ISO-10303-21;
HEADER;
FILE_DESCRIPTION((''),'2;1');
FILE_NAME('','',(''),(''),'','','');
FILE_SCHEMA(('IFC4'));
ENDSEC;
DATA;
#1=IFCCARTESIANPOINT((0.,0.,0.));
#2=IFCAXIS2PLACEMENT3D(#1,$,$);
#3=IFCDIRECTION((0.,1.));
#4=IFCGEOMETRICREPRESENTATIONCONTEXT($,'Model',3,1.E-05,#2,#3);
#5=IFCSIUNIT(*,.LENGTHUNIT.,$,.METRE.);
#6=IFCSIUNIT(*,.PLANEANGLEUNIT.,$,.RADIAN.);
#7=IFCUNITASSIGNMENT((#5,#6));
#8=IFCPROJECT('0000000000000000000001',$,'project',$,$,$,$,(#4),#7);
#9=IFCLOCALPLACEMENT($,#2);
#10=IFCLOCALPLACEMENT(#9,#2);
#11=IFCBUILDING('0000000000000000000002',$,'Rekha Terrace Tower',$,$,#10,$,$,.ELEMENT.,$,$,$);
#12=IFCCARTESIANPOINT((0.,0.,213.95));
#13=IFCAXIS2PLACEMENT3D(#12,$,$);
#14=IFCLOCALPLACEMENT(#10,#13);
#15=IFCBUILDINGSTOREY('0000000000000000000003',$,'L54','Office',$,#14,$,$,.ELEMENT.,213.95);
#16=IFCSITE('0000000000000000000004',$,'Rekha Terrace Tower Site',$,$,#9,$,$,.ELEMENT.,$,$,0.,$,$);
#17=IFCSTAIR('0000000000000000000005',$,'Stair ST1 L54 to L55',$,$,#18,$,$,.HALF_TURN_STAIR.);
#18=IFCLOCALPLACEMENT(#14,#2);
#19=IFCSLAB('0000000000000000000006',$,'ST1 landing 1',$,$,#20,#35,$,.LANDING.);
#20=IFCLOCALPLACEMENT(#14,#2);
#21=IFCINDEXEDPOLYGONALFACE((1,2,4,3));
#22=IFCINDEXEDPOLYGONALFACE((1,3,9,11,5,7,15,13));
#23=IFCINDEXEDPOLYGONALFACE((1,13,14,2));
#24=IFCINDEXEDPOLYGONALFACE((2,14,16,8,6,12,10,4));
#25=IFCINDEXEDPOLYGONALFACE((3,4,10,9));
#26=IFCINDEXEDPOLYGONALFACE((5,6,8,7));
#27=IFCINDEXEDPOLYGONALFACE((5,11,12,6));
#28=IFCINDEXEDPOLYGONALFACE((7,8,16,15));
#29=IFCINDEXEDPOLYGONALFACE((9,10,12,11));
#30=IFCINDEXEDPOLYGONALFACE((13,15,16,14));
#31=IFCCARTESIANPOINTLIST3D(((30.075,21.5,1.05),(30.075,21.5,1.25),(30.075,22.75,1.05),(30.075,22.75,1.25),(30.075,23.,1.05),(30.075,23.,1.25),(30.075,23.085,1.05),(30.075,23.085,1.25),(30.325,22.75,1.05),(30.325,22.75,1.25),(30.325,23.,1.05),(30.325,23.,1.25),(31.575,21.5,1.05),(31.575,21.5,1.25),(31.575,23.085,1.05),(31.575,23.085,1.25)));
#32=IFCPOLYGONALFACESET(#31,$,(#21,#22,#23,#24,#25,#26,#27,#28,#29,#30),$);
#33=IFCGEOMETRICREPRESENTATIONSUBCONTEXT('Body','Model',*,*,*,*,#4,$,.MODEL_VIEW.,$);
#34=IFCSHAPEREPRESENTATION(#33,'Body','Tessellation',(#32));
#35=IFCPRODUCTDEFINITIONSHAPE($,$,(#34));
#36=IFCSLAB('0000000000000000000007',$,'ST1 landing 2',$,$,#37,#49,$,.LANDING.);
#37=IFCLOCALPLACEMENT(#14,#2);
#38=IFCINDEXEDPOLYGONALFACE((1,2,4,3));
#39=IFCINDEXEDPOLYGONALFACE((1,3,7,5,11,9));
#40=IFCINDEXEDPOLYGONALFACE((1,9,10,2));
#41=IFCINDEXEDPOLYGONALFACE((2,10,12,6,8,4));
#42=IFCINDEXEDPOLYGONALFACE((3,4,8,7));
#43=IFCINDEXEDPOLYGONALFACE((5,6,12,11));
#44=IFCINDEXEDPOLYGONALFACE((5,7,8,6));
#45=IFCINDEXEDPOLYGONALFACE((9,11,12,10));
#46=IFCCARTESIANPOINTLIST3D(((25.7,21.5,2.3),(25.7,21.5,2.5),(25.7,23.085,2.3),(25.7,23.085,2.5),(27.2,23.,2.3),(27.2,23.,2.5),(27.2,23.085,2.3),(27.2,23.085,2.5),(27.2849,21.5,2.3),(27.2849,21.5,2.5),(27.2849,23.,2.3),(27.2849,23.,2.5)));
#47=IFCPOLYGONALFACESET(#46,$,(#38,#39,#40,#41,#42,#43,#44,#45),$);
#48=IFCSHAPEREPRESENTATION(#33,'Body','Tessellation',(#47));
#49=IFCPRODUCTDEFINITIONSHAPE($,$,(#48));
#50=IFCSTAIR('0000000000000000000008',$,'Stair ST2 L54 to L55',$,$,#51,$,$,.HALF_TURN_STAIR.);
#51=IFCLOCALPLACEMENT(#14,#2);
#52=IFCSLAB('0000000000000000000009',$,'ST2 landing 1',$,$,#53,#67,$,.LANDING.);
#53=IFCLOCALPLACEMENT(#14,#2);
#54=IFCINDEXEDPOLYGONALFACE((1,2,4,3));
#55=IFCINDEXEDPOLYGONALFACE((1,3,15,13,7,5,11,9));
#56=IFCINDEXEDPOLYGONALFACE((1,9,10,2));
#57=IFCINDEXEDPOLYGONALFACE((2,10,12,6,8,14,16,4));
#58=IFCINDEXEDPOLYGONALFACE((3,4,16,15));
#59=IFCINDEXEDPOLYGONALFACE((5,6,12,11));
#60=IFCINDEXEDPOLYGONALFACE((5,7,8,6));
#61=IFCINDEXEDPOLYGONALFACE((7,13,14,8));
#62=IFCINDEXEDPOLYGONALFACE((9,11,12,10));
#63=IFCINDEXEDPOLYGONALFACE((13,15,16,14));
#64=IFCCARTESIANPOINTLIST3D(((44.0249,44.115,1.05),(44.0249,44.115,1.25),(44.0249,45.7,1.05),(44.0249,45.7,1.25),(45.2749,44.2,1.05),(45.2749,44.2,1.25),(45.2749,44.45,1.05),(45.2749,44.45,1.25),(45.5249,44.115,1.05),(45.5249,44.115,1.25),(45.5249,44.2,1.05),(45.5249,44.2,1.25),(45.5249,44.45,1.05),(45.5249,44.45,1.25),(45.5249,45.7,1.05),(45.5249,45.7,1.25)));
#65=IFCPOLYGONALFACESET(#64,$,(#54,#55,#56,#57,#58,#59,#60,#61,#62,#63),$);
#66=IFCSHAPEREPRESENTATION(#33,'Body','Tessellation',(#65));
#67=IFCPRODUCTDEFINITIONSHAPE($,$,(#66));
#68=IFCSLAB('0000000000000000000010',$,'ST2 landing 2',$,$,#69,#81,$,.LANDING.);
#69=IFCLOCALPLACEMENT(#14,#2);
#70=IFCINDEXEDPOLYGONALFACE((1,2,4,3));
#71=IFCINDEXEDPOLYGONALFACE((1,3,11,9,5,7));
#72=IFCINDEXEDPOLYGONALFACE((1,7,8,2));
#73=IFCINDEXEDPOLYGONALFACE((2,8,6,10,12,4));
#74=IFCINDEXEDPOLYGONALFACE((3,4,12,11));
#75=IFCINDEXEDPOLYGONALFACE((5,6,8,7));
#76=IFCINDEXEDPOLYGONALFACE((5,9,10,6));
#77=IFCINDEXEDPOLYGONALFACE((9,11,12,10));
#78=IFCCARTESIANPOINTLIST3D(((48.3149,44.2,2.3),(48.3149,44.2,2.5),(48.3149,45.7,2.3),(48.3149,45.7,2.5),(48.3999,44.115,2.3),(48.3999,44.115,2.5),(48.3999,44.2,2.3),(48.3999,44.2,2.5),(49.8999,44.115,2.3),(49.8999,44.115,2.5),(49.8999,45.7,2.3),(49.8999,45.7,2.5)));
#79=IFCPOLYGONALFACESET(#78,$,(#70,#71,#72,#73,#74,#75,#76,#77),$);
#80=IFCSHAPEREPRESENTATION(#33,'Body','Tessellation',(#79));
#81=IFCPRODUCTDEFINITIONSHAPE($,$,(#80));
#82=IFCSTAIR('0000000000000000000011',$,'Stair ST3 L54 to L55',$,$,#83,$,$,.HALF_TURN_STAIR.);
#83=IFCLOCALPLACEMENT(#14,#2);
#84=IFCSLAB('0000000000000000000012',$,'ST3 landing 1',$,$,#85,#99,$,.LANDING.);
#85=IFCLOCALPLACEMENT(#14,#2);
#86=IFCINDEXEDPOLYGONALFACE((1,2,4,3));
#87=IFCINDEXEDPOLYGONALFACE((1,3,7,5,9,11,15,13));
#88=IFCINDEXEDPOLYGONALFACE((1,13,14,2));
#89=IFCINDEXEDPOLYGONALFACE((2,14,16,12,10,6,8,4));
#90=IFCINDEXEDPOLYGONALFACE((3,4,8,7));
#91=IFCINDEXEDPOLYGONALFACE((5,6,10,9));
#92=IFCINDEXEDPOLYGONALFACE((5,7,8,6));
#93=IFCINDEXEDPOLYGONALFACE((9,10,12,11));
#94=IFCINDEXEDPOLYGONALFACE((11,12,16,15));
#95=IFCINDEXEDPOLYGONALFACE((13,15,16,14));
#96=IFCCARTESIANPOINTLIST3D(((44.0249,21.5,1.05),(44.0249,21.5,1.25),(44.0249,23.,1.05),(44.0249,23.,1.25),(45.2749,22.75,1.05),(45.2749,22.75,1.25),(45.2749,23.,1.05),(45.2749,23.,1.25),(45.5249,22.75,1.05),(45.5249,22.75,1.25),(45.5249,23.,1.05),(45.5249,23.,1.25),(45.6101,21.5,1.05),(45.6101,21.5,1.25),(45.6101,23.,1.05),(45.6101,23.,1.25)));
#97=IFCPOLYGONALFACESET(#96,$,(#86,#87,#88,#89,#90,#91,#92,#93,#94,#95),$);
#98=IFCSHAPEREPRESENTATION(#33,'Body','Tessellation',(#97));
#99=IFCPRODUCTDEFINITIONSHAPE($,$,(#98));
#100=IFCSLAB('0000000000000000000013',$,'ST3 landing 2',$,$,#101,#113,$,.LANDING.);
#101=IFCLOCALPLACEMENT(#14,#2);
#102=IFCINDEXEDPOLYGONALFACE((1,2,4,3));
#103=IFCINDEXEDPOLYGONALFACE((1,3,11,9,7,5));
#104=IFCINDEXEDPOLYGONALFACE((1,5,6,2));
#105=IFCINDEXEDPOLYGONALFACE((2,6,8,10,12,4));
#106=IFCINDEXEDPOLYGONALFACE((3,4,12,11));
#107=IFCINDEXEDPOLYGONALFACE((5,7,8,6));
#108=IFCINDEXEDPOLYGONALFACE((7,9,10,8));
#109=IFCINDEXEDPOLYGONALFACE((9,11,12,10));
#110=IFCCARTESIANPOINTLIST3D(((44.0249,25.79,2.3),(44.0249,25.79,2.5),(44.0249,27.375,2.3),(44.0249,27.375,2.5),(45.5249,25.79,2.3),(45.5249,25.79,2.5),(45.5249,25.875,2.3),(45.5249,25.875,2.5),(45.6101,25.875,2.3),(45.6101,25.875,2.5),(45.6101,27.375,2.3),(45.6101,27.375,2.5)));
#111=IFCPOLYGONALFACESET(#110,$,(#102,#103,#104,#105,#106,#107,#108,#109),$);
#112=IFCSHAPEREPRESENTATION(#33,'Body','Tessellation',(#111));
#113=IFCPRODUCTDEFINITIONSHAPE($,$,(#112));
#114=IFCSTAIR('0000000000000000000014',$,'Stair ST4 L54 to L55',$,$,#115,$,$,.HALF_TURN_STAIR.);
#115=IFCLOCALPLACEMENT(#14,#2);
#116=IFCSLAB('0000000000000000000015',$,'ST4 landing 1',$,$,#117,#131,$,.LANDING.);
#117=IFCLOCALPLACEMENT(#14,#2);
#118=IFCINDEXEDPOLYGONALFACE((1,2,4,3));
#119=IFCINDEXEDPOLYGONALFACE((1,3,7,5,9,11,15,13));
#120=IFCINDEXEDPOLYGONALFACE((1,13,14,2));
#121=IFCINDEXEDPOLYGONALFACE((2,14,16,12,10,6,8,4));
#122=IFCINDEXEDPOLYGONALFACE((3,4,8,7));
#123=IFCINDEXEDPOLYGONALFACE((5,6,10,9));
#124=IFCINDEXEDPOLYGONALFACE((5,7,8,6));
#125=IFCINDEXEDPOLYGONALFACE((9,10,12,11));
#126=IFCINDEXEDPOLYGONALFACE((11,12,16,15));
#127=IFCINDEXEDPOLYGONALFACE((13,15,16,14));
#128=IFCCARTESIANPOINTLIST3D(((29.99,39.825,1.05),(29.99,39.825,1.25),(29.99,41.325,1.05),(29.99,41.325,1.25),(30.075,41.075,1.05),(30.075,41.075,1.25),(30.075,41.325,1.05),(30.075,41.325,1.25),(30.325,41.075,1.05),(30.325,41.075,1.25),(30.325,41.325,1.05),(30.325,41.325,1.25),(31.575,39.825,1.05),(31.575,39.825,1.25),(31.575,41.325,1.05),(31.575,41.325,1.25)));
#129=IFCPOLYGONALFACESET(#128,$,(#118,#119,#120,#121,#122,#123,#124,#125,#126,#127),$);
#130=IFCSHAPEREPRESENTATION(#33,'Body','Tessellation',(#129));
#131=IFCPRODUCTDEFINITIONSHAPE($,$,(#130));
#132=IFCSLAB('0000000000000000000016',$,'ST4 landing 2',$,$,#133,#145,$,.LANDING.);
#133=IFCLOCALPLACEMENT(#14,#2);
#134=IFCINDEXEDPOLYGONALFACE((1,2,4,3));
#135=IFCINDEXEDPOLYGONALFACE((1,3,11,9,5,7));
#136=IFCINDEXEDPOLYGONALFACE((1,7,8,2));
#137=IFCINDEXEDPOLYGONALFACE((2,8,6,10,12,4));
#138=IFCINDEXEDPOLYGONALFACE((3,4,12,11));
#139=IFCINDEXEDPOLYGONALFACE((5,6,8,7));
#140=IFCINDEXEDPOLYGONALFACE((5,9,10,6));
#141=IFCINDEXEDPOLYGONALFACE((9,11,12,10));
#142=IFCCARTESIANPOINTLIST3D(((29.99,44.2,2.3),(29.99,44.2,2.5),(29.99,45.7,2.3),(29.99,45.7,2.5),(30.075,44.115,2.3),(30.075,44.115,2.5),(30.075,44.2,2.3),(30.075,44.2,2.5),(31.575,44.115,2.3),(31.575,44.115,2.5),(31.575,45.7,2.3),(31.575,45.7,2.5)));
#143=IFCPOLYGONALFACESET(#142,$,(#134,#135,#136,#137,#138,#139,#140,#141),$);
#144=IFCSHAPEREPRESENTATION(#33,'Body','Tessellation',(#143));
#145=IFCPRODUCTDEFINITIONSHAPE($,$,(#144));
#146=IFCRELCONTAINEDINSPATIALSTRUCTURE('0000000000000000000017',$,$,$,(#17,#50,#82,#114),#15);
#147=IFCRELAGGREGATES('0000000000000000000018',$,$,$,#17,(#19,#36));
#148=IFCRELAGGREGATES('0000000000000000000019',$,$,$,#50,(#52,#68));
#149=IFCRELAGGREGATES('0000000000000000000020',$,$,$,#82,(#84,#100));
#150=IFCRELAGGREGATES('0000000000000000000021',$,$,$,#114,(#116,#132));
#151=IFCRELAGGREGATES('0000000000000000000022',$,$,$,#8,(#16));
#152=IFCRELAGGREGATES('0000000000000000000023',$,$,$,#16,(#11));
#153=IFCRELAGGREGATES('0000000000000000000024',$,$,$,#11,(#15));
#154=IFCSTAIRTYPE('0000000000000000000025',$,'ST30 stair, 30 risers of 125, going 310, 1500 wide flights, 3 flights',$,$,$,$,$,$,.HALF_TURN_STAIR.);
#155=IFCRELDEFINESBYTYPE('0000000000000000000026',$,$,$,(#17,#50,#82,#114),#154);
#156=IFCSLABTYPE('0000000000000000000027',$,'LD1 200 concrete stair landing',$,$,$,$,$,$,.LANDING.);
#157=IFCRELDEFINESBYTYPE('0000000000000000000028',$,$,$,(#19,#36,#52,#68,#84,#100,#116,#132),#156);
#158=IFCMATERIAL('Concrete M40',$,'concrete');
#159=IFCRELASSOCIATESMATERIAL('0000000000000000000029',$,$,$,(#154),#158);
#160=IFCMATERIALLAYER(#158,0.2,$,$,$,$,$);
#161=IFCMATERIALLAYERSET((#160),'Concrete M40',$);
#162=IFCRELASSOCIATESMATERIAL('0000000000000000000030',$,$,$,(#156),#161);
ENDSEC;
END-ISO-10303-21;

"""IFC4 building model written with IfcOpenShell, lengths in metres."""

from ifc_helpers import new_model, si_unit, direction, frame, origin, place, context, subcontext, project, spatial, polyline, outline, extrude, material, layer, layer_set, type_object, element, aggregate, save


model = new_model("IFC4")

# Units and contexts
model_context = context("Model", 3, precision=1e-05, world=origin(), true_north=direction((0.0, 1.0)))
body_context = subcontext(model_context, "Body", "Model", "MODEL_VIEW")
ifc_project = project(units=[si_unit("LENGTHUNIT", "METRE"), si_unit("PLANEANGLEUNIT", "RADIAN")], contexts=[model_context])

# Site, building, storey
site_placement = place(None, origin())
site = spatial("IfcSite", under=ifc_project, at=site_placement, Name="Rekha Terrace Tower Site", CompositionType="ELEMENT", RefElevation=0.0)
building_placement = place(site_placement, origin())
building = spatial("IfcBuilding", under=site, at=building_placement, Name="Rekha Terrace Tower", CompositionType="ELEMENT")
storey_placement = place(building_placement, frame((0.0, 0.0, 213.95)))
storey = spatial("IfcBuildingStorey", under=building, at=storey_placement, Name="L54", Description="Office", CompositionType="ELEMENT", Elevation=213.95)

# Stairs, slabs
ifc_material_1 = material(Name="Concrete M40", Category="concrete")
stair_type = type_object("IfcStairType", Name="ST30 stair, 30 risers of 125, going 310, 1500 wide flights, 3 flights", PredefinedType="HALF_TURN_STAIR", material=ifc_material_1)
stair_1_placement = place(storey_placement, origin())
stair_1 = element("IfcStair", 1, at=stair_1_placement, inside=storey, type_object=stair_type, Name="Stair ST1 L54 to L55", PredefinedType="HALF_TURN_STAIR")
ifc_layer_1 = layer(ifc_material_1, 0.2)
ifc_layer_set_1 = layer_set([ifc_layer_1], Name="Concrete M40")
slab_type_1 = type_object("IfcSlabType", Name="LD1 200 concrete stair landing", PredefinedType="LANDING", material=ifc_layer_set_1)
slab_1_placement = place(storey_placement, frame((0.0, 0.0, 1.05)))
slab_1 = element("IfcSlab", 2, at=slab_1_placement, type_object=slab_type_1, Name="ST1 landing 1", PredefinedType="LANDING", context=body_context, shape_type="SweptSolid", body=[
    extrude(outline(polyline([(30.075, 21.5), (31.575, 21.5), (31.575, 23.085), (30.075, 23.085), (30.075, 23.0), (30.325, 23.0), (30.325, 22.75), (30.075, 22.75), (30.075, 21.5)])), origin(), (0.0, 0.0, 1.0), 0.2),
])
slab_2_placement = place(storey_placement, frame((0.0, 0.0, 2.3)))
slab_2 = element("IfcSlab", 3, at=slab_2_placement, type_object=slab_type_1, Name="ST1 landing 2", PredefinedType="LANDING", context=body_context, shape_type="SweptSolid", body=[
    extrude(outline(polyline([(27.2, 23.085), (25.7, 23.085), (25.7, 21.5), (27.2849, 21.5), (27.2849, 23.0), (27.2, 23.0), (27.2, 23.085)])), origin(), (0.0, 0.0, 1.0), 0.2),
])
aggregate(stair_1, [slab_1, slab_2])
stair_2_placement = place(storey_placement, origin())
stair_2 = element("IfcStair", 4, at=stair_2_placement, inside=storey, type_object=stair_type, Name="Stair ST2 L54 to L55", PredefinedType="HALF_TURN_STAIR")
slab_3_placement = place(storey_placement, frame((0.0, 0.0, 1.05)))
slab_3 = element("IfcSlab", 5, at=slab_3_placement, type_object=slab_type_1, Name="ST2 landing 1", PredefinedType="LANDING", context=body_context, shape_type="SweptSolid", body=[
    extrude(outline(polyline([(45.5249, 45.7), (44.0249, 45.7), (44.0249, 44.115), (45.5249, 44.115), (45.5249, 44.2), (45.2749, 44.2), (45.2749, 44.45), (45.5249, 44.45), (45.5249, 45.7)])), origin(), (0.0, 0.0, 1.0), 0.2),
])
slab_4_placement = place(storey_placement, frame((0.0, 0.0, 2.3)))
slab_4 = element("IfcSlab", 6, at=slab_4_placement, type_object=slab_type_1, Name="ST2 landing 2", PredefinedType="LANDING", context=body_context, shape_type="SweptSolid", body=[
    extrude(outline(polyline([(48.3999, 44.115), (49.8999, 44.115), (49.8999, 45.7), (48.3149, 45.7), (48.3149, 44.2), (48.3999, 44.2), (48.3999, 44.115)])), origin(), (0.0, 0.0, 1.0), 0.2),
])
aggregate(stair_2, [slab_3, slab_4])
stair_3_placement = place(storey_placement, origin())
stair_3 = element("IfcStair", 7, at=stair_3_placement, inside=storey, type_object=stair_type, Name="Stair ST3 L54 to L55", PredefinedType="HALF_TURN_STAIR")
slab_5_placement = place(storey_placement, frame((0.0, 0.0, 1.05)))
slab_5 = element("IfcSlab", 8, at=slab_5_placement, type_object=slab_type_1, Name="ST3 landing 1", PredefinedType="LANDING", context=body_context, shape_type="SweptSolid", body=[
    extrude(outline(polyline([(44.0249, 23.0), (44.0249, 21.5), (45.6101, 21.5), (45.6101, 23.0), (45.5249, 23.0), (45.5249, 22.75), (45.2749, 22.75), (45.2749, 23.0), (44.0249, 23.0)])), origin(), (0.0, 0.0, 1.0), 0.2),
])
slab_6_placement = place(storey_placement, frame((0.0, 0.0, 2.3)))
slab_6 = element("IfcSlab", 9, at=slab_6_placement, type_object=slab_type_1, Name="ST3 landing 2", PredefinedType="LANDING", context=body_context, shape_type="SweptSolid", body=[
    extrude(outline(polyline([(45.6101, 25.875), (45.6101, 27.375), (44.0249, 27.375), (44.0249, 25.79), (45.5249, 25.79), (45.5249, 25.875), (45.6101, 25.875)])), origin(), (0.0, 0.0, 1.0), 0.2),
])
aggregate(stair_3, [slab_5, slab_6])
stair_4_placement = place(storey_placement, origin())
stair_4 = element("IfcStair", 10, at=stair_4_placement, inside=storey, type_object=stair_type, Name="Stair ST4 L54 to L55", PredefinedType="HALF_TURN_STAIR")
slab_7_placement = place(storey_placement, frame((0.0, 0.0, 1.05)))
slab_7 = element("IfcSlab", 11, at=slab_7_placement, type_object=slab_type_1, Name="ST4 landing 1", PredefinedType="LANDING", context=body_context, shape_type="SweptSolid", body=[
    extrude(outline(polyline([(31.575, 41.325), (31.575, 39.825), (29.99, 39.825), (29.99, 41.325), (30.075, 41.325), (30.075, 41.075), (30.325, 41.075), (30.325, 41.325), (31.575, 41.325)])), origin(), (0.0, 0.0, 1.0), 0.2),
])
slab_8_placement = place(storey_placement, frame((0.0, 0.0, 2.3)))
slab_8 = element("IfcSlab", 12, at=slab_8_placement, type_object=slab_type_1, Name="ST4 landing 2", PredefinedType="LANDING", context=body_context, shape_type="SweptSolid", body=[
    extrude(outline(polyline([(29.99, 44.2), (29.99, 45.7), (31.575, 45.7), (31.575, 44.115), (30.075, 44.115), (30.075, 44.2), (29.99, 44.2)])), origin(), (0.0, 0.0, 1.0), 0.2),
])
aggregate(stair_4, [slab_7, slab_8])

save(model, "model.ifc")
